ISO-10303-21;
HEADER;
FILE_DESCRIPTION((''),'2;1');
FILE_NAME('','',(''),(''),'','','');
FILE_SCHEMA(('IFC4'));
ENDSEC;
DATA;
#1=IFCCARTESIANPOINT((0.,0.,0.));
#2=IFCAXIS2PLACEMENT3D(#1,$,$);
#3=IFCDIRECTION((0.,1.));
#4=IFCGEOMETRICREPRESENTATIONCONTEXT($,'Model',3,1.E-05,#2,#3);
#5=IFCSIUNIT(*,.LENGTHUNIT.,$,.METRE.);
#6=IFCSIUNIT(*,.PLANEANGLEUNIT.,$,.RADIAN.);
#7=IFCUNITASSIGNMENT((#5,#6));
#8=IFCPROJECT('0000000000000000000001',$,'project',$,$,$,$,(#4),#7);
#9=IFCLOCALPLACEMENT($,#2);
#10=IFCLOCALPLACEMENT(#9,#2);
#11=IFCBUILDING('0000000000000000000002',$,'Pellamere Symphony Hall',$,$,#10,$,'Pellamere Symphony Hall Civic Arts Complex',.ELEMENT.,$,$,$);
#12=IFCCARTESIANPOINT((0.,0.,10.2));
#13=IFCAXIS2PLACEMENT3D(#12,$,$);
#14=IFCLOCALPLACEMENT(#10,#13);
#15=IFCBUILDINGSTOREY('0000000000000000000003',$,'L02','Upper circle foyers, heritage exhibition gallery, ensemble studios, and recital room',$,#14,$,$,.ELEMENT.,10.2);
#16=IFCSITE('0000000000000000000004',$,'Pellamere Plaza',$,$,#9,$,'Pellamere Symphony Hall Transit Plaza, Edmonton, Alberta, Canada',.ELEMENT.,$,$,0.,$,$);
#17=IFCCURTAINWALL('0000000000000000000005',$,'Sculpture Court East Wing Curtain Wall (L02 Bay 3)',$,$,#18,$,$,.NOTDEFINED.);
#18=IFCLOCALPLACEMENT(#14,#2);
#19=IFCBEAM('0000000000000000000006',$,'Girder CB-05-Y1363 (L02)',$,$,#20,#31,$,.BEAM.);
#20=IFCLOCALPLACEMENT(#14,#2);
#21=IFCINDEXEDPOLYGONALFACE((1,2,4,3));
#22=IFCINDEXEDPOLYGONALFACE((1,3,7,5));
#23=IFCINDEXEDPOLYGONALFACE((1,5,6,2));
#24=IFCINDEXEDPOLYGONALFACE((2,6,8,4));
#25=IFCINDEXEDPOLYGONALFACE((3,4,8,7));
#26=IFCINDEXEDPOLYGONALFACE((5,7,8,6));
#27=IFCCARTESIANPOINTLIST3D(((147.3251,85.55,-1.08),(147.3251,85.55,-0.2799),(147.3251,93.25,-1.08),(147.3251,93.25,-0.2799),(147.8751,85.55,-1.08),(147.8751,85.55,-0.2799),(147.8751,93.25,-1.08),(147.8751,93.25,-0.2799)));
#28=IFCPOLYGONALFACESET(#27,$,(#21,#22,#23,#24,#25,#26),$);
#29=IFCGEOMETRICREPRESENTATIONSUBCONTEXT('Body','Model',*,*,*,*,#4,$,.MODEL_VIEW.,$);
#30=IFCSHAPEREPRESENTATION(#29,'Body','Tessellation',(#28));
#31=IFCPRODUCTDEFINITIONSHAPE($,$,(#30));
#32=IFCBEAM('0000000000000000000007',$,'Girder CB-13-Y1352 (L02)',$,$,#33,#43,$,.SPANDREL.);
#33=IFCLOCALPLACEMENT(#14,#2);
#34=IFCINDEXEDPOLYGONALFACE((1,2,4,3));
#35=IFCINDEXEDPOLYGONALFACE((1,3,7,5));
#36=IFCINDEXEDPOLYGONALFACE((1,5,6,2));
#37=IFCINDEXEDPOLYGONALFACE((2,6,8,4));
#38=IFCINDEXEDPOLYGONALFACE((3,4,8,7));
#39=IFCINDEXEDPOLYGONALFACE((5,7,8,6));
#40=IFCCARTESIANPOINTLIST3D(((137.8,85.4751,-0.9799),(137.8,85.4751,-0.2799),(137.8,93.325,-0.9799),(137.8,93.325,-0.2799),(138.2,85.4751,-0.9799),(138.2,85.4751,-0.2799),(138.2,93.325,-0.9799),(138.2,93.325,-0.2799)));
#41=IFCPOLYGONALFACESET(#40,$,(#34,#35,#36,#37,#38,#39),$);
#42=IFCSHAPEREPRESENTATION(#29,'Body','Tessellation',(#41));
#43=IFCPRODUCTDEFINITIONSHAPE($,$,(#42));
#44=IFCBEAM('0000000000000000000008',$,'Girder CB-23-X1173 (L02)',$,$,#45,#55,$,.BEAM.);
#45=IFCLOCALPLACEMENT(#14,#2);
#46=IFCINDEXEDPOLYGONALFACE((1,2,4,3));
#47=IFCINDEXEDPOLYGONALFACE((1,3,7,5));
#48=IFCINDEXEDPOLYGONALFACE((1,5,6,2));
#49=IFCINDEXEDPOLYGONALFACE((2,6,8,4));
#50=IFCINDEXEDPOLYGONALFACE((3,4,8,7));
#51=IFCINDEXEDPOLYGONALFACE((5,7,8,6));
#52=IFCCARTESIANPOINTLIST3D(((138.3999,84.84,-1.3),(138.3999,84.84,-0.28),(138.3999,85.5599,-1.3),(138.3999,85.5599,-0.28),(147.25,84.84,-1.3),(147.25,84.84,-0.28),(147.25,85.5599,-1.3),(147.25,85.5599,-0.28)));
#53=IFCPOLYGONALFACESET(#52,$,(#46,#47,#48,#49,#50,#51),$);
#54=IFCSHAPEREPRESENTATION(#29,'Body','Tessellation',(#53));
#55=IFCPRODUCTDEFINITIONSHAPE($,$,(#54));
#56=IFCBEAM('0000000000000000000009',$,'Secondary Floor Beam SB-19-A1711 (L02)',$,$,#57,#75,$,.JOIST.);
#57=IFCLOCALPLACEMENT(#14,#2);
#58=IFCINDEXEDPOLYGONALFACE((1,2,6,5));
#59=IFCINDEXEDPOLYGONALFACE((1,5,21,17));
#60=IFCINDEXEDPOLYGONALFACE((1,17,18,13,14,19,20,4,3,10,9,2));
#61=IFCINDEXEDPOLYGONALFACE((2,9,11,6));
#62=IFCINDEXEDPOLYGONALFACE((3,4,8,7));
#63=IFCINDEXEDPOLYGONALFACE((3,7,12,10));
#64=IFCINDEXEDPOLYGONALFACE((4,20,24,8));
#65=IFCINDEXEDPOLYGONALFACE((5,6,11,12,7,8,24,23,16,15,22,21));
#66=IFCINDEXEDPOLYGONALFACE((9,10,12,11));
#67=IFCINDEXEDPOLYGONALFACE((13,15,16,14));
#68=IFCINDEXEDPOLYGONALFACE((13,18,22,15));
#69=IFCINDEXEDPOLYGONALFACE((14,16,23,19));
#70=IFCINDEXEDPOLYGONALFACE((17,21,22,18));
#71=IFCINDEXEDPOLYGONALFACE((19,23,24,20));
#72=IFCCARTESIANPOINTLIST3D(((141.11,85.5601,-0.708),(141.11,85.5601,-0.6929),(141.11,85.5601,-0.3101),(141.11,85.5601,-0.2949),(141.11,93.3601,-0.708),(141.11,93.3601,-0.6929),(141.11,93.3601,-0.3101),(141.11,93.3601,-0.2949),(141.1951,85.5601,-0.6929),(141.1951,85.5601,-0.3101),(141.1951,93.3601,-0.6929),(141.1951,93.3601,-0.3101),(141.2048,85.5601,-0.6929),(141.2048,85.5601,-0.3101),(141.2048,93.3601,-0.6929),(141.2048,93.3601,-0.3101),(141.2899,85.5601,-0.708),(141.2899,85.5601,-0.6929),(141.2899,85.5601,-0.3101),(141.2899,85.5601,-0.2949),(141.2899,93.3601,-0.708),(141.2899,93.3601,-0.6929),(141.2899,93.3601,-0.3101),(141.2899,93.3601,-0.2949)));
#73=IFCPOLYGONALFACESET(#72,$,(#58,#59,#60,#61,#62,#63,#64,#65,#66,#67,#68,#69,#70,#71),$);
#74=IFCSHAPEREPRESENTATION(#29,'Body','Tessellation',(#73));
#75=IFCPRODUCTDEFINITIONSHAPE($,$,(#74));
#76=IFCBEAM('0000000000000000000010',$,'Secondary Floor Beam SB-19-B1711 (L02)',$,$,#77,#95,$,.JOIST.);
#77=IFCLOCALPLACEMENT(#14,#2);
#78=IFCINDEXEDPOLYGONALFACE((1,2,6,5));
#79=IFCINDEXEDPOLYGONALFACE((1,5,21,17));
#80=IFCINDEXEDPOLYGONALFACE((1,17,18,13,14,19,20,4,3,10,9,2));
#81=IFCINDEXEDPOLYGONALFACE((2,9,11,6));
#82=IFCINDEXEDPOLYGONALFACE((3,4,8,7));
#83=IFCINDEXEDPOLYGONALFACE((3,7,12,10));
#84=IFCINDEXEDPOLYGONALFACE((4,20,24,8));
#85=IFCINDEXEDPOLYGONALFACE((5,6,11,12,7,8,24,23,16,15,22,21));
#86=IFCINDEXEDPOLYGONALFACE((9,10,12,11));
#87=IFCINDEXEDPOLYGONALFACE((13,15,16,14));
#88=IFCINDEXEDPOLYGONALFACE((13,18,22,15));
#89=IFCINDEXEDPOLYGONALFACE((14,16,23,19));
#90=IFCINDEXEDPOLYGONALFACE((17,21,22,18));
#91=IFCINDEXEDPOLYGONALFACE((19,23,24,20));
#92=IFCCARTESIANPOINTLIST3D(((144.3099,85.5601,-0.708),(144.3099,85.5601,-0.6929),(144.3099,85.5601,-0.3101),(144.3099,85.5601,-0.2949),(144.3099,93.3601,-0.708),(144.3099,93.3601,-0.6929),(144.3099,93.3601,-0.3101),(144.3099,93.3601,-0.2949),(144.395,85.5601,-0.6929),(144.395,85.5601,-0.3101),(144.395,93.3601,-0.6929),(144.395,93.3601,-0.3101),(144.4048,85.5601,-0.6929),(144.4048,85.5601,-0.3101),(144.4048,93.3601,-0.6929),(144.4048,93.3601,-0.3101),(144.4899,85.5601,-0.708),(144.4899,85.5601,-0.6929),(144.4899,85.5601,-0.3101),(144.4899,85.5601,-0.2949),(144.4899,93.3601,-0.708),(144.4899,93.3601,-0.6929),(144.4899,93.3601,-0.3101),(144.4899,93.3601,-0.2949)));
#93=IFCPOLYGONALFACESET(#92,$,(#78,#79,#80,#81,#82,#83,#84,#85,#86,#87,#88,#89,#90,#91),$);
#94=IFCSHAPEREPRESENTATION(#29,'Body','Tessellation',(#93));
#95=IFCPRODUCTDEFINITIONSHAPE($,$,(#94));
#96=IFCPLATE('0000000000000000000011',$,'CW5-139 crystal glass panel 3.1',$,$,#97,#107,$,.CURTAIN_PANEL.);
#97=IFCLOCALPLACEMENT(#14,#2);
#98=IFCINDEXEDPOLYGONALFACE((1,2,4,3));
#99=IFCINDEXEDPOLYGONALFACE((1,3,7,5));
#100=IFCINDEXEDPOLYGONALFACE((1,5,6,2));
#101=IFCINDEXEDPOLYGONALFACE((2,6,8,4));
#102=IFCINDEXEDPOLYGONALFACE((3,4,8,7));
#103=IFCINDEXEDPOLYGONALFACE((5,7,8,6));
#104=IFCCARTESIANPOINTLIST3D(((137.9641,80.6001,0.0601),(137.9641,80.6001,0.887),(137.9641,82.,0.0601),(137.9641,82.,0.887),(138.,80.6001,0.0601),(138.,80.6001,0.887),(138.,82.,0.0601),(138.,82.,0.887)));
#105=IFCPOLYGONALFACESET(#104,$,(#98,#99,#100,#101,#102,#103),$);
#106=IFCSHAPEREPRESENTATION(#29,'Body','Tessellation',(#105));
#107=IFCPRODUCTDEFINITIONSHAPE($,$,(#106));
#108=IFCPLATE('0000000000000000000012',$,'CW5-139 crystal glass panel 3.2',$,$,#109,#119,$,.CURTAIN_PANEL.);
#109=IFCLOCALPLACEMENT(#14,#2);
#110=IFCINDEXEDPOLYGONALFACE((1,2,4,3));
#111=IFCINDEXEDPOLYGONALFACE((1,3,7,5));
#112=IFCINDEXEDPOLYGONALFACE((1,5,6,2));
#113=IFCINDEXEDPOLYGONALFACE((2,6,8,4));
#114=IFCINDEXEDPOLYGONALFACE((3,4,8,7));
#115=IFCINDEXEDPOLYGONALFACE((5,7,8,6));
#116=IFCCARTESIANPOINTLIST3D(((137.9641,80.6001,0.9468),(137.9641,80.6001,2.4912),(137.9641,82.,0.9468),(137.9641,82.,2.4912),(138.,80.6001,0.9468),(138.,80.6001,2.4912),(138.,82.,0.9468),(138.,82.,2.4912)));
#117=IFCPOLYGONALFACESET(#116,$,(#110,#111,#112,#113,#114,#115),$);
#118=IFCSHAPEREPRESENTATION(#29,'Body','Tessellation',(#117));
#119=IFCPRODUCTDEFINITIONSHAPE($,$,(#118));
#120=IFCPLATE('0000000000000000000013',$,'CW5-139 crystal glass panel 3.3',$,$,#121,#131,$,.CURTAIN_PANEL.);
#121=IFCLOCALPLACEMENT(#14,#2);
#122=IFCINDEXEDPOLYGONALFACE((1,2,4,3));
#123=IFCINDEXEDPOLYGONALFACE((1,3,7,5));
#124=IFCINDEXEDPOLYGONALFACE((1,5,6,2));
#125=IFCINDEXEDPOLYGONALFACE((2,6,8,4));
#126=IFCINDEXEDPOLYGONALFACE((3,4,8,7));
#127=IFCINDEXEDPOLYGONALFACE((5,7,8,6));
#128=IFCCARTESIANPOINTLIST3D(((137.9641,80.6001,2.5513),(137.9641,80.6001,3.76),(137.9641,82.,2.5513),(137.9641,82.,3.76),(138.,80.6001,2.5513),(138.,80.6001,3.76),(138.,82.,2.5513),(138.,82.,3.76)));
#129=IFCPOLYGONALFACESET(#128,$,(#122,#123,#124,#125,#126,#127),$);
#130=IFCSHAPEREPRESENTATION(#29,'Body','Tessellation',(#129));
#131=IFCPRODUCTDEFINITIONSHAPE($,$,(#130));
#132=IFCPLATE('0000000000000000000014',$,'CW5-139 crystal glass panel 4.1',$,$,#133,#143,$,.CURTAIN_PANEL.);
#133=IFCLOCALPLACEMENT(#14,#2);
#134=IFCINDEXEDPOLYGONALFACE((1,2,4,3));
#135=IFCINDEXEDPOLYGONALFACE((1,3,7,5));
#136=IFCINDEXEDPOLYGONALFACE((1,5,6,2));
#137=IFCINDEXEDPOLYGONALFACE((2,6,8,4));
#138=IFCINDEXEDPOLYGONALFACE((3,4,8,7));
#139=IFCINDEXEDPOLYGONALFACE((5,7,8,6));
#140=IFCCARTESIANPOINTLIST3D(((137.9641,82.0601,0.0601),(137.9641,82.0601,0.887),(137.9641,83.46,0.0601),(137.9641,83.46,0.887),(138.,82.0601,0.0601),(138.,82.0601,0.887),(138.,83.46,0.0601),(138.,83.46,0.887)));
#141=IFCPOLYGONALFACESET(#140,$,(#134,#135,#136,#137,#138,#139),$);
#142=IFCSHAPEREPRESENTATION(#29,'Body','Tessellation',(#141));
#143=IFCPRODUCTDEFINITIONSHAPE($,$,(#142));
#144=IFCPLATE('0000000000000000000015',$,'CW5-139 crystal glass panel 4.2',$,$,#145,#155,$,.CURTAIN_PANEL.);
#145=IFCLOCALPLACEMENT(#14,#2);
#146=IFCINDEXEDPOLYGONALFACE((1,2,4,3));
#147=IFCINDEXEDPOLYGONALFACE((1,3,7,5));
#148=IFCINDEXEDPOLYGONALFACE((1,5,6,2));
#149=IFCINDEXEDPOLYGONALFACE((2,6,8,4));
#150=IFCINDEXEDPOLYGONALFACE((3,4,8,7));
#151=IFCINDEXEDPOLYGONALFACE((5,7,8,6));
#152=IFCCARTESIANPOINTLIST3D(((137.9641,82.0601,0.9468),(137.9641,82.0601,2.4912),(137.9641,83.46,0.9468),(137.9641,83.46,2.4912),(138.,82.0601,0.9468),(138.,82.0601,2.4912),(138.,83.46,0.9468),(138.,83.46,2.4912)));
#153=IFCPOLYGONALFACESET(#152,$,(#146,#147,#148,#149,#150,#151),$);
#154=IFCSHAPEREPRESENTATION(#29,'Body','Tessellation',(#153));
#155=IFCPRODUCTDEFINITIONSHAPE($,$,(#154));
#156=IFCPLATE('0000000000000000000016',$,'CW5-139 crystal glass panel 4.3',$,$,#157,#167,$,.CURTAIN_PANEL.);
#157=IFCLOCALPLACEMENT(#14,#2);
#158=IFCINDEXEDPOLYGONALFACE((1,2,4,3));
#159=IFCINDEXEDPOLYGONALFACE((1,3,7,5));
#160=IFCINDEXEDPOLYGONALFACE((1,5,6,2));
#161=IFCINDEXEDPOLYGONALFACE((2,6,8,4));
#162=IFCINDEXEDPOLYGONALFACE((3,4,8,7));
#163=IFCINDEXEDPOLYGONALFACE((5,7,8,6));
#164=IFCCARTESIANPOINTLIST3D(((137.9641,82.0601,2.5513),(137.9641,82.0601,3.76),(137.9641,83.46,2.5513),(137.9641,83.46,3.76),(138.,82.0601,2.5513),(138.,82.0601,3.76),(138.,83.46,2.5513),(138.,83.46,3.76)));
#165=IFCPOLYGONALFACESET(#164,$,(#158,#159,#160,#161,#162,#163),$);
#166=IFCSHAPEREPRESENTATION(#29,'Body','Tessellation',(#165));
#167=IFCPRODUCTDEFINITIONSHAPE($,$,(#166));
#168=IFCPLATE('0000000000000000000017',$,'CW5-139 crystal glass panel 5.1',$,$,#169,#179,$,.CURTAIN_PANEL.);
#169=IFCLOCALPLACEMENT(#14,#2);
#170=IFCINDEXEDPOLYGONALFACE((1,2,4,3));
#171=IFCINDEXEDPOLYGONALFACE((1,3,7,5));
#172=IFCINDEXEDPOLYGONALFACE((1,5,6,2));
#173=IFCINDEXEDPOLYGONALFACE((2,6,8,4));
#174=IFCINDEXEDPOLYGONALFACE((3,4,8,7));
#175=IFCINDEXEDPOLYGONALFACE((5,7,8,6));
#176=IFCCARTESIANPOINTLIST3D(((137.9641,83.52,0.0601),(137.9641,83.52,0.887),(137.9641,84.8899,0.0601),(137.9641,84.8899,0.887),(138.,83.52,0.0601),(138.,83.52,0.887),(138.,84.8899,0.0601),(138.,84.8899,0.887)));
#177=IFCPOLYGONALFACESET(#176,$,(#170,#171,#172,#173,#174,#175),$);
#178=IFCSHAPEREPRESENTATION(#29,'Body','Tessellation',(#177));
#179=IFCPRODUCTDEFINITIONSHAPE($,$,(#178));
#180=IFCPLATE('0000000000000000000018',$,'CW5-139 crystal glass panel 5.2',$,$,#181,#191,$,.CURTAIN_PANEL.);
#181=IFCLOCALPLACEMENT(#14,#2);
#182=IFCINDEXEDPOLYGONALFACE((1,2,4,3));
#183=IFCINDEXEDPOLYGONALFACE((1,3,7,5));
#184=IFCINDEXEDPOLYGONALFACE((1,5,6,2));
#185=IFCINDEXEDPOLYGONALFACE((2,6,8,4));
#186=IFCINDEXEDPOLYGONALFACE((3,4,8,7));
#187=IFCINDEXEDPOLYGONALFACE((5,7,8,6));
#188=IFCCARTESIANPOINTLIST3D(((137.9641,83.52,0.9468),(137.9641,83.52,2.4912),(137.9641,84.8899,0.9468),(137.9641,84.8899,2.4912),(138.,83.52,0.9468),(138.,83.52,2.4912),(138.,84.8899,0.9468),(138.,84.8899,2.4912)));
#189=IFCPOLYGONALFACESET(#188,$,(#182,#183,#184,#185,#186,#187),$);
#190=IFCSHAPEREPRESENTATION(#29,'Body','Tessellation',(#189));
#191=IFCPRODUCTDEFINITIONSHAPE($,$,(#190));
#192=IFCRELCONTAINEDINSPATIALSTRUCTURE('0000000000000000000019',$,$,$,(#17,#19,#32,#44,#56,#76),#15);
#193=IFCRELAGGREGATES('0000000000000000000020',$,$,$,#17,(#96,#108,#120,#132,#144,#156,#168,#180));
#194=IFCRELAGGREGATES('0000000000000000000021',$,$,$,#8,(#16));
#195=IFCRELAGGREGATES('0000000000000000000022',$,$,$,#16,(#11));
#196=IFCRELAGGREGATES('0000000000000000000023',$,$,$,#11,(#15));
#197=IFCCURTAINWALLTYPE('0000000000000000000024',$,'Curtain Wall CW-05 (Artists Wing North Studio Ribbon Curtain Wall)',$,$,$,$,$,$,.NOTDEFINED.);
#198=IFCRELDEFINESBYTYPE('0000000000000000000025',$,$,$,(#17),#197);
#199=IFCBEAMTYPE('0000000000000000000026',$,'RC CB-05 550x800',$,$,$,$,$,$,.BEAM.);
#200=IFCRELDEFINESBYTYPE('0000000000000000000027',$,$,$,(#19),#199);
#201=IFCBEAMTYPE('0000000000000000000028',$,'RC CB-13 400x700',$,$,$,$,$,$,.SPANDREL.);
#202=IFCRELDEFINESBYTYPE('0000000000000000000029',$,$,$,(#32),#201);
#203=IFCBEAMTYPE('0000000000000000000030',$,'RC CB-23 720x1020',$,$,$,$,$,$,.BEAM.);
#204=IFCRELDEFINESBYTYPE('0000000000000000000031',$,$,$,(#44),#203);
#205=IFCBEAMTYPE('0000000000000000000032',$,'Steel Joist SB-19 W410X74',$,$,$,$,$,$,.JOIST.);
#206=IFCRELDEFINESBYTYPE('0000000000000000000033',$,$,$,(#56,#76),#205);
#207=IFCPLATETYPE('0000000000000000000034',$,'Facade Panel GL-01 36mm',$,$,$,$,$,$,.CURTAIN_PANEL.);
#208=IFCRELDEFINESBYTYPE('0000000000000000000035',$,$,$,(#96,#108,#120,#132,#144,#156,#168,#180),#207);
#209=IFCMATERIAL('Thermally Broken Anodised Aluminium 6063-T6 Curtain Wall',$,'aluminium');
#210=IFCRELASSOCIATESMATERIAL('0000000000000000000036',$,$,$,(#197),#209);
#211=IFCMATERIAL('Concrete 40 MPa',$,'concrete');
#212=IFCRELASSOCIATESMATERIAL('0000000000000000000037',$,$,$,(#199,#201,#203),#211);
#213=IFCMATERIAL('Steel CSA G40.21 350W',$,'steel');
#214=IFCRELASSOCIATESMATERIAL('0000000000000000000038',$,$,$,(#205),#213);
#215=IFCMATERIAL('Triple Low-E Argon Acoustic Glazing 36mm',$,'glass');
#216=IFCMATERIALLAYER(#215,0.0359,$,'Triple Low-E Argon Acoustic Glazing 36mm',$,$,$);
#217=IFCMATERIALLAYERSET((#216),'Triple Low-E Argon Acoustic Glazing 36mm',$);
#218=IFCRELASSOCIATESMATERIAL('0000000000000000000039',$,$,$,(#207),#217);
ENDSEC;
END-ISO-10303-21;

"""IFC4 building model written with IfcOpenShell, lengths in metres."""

from ifc_helpers import new_model, si_unit, direction, frame, origin, origin_2d, place, context, subcontext, project, spatial, polyline, rectangle, i_section, outline, extrude, material, layer, layer_set, material_profile, profile_set, type_object, element, aggregate, save


model = new_model("IFC4")

# Units and contexts
model_context = context("Model", 3, precision=1e-05, world=origin(), true_north=direction((0.0, 1.0)))
body_context = subcontext(model_context, "Body", "Model", "MODEL_VIEW")
ifc_project = project(units=[si_unit("LENGTHUNIT", "METRE"), si_unit("PLANEANGLEUNIT", "RADIAN")], contexts=[model_context])

# Site, building, storey
site_placement = place(None, origin())
site = spatial("IfcSite", under=ifc_project, at=site_placement, Name="Pellamere Plaza", LongName="Pellamere Symphony Hall Transit Plaza, Edmonton, Alberta, Canada", CompositionType="ELEMENT", RefElevation=0.0)
building_placement = place(site_placement, origin())
building = spatial("IfcBuilding", under=site, at=building_placement, Name="Pellamere Symphony Hall", LongName="Pellamere Symphony Hall Civic Arts Complex", CompositionType="ELEMENT")
storey_placement = place(building_placement, frame((0.0, 0.0, 10.2)))
storey = spatial("IfcBuildingStorey", under=building, at=storey_placement, Name="L02", Description="Upper circle foyers, heritage exhibition gallery, ensemble studios, and recital room", CompositionType="ELEMENT", Elevation=10.2)

# Shared definitions
ifc_material_1 = material(Name="Concrete 40 MPa", Category="concrete")

# Curtain wall
ifc_material_2 = material(Name="Thermally Broken Anodised Aluminium 6063-T6 Curtain Wall", Category="aluminium")
curtain_wall_type = type_object("IfcCurtainWallType", Name="Curtain Wall CW-05 (Artists Wing North Studio Ribbon Curtain Wall)", PredefinedType="NOTDEFINED", material=ifc_material_2)
curtain_wall_1_placement = place(storey_placement, origin())
curtain_wall_1 = element("IfcCurtainWall", 1, at=curtain_wall_1_placement, inside=storey, type_object=curtain_wall_type, Name="Sculpture Court East Wing Curtain Wall (L02 Bay 3)", PredefinedType="NOTDEFINED")

# Beams
ifc_material_profile_1 = material_profile(ifc_material_1, rectangle(XDim=0.55, YDim=0.8, at=origin_2d()), Name="RC 550x800")
ifc_profile_set_1 = profile_set([ifc_material_profile_1], Name="Concrete 40 MPa")
beam_type_1 = type_object("IfcBeamType", Name="RC CB-05 550x800", PredefinedType="BEAM", material=ifc_profile_set_1)
beam_1_placement = place(storey_placement, frame((147.6001, 85.55, -0.6799), z_axis=(0.0, 1.0, 0.0), x_axis=(-1.0, 0.0, 0.0)))
element("IfcBeam", 2, at=beam_1_placement, inside=storey, type_object=beam_type_1, Name="Girder CB-05-Y1363 (L02)", PredefinedType="BEAM", context=body_context, shape_type="SweptSolid", body=[
    extrude(rectangle(XDim=0.55, YDim=0.8, at=origin_2d()), origin(), (0.0, 0.0, 1.0), 7.7),
])
ifc_material_profile_2 = material_profile(ifc_material_1, rectangle(XDim=0.3999, YDim=0.7, at=origin_2d()), Name="RC 400x700")
ifc_profile_set_2 = profile_set([ifc_material_profile_2], Name="Concrete 40 MPa")
beam_type_2 = type_object("IfcBeamType", Name="RC CB-13 400x700", PredefinedType="SPANDREL", material=ifc_profile_set_2)
beam_2_placement = place(storey_placement, frame((138.0, 85.4751, -0.6299), z_axis=(0.0, 1.0, 0.0), x_axis=(-1.0, 0.0, 0.0)))
element("IfcBeam", 3, at=beam_2_placement, inside=storey, type_object=beam_type_2, Name="Girder CB-13-Y1352 (L02)", PredefinedType="SPANDREL", context=body_context, shape_type="SweptSolid", body=[
    extrude(rectangle(XDim=0.3999, YDim=0.7, at=origin_2d()), origin(), (0.0, 0.0, 1.0), 7.8499),
])
ifc_material_profile_3 = material_profile(ifc_material_1, rectangle(XDim=0.72, YDim=1.02, at=origin_2d()), Name="RC 720x1020")
ifc_profile_set_3 = profile_set([ifc_material_profile_3], Name="Concrete 40 MPa")
beam_type_3 = type_object("IfcBeamType", Name="RC CB-23 720x1020", PredefinedType="BEAM", material=ifc_profile_set_3)
beam_3_placement = place(storey_placement, frame((138.3999, 85.2, -0.79), z_axis=(1.0, 0.0, 0.0), x_axis=(0.0, 1.0, 0.0)))
element("IfcBeam", 4, at=beam_3_placement, inside=storey, type_object=beam_type_3, Name="Girder CB-23-X1173 (L02)", PredefinedType="BEAM", context=body_context, shape_type="SweptSolid", body=[
    extrude(rectangle(XDim=0.72, YDim=1.02, at=origin_2d()), origin(), (0.0, 0.0, 1.0), 8.8501),
])
ifc_material_3 = material(Name="Steel CSA G40.21 350W", Category="steel")
ifc_material_profile_4 = material_profile(ifc_material_3, i_section(OverallWidth=0.1799, OverallDepth=0.4131, WebThickness=0.0098, FlangeThickness=0.0151, at=origin_2d()), Name="W410X74")
ifc_profile_set_4 = profile_set([ifc_material_profile_4], Name="Steel CSA G40.21 350W")
beam_type_4 = type_object("IfcBeamType", Name="Steel Joist SB-19 W410X74", PredefinedType="JOIST", material=ifc_profile_set_4)
for number, where, z_axis, x_axis, name in (
    (5, (141.2, 85.5601, -0.5015), (0.0, 1.0, 0.0), (-1.0, 0.0, 0.0), "Secondary Floor Beam SB-19-A1711 (L02)"),
    (6, (144.3999, 85.5601, -0.5015), (0.0, 1.0, 0.0), (-1.0, 0.0, 0.0), "Secondary Floor Beam SB-19-B1711 (L02)"),
):
    element("IfcBeam", number, at=place(storey_placement, frame(where, z_axis=z_axis, x_axis=x_axis)), inside=storey, type_object=beam_type_4, Name=name, PredefinedType="JOIST", context=body_context, shape_type="SweptSolid", body=[
        extrude(i_section(OverallWidth=0.1799, OverallDepth=0.4131, WebThickness=0.0098, FlangeThickness=0.0151, at=origin_2d()), origin(), (0.0, 0.0, 1.0), 7.8),
    ])

# Plates
ifc_material_4 = material(Name="Triple Low-E Argon Acoustic Glazing 36mm", Category="glass")
ifc_layer = layer(ifc_material_4, 0.0359, Name="Triple Low-E Argon Acoustic Glazing 36mm")
ifc_layer_set = layer_set([ifc_layer], Name="Triple Low-E Argon Acoustic Glazing 36mm")
plate_type = type_object("IfcPlateType", Name="Facade Panel GL-01 36mm", PredefinedType="CURTAIN_PANEL", material=ifc_layer_set)
plate_1_placement = place(storey_placement, frame((138.0, 80.6001, 0.0601), z_axis=(1.0, 0.0, 0.0), x_axis=(0.0, 1.0, 0.0)))
plate_1 = element("IfcPlate", 7, at=plate_1_placement, type_object=plate_type, Name="CW5-139 crystal glass panel 3.1", PredefinedType="CURTAIN_PANEL", context=body_context, shape_type="SweptSolid", body=[
    extrude(outline(polyline([(0.0, 0.0), (1.3999, 0.0), (1.3999, 0.8269), (0.0, 0.8269), (0.0, 0.0)])), origin(), (0.0, 0.0, -1.0), 0.0359),
])
plate_2_placement = place(storey_placement, frame((138.0, 80.6001, 0.9468), z_axis=(1.0, 0.0, 0.0), x_axis=(0.0, 1.0, 0.0)))
plate_2 = element("IfcPlate", 8, at=plate_2_placement, type_object=plate_type, Name="CW5-139 crystal glass panel 3.2", PredefinedType="CURTAIN_PANEL", context=body_context, shape_type="SweptSolid", body=[
    extrude(outline(polyline([(0.0, 0.0), (1.3999, 0.0), (1.3999, 1.5444), (0.0, 1.5444), (0.0, 0.0)])), origin(), (0.0, 0.0, -1.0), 0.0359),
])
plate_3_placement = place(storey_placement, frame((138.0, 80.6001, 2.5513), z_axis=(1.0, 0.0, 0.0), x_axis=(0.0, 1.0, 0.0)))
plate_3 = element("IfcPlate", 9, at=plate_3_placement, type_object=plate_type, Name="CW5-139 crystal glass panel 3.3", PredefinedType="CURTAIN_PANEL", context=body_context, shape_type="SweptSolid", body=[
    extrude(outline(polyline([(0.0, 0.0), (1.3999, 0.0), (1.3999, 1.2087), (0.0, 1.2087), (0.0, 0.0)])), origin(), (0.0, 0.0, -1.0), 0.0359),
])
plate_4_placement = place(storey_placement, frame((138.0, 82.0601, 0.0601), z_axis=(1.0, 0.0, 0.0), x_axis=(0.0, 1.0, 0.0)))
plate_4 = element("IfcPlate", 10, at=plate_4_placement, type_object=plate_type, Name="CW5-139 crystal glass panel 4.1", PredefinedType="CURTAIN_PANEL", context=body_context, shape_type="SweptSolid", body=[
    extrude(outline(polyline([(0.0, 0.0), (1.3999, 0.0), (1.3999, 0.8269), (0.0, 0.8269), (0.0, 0.0)])), origin(), (0.0, 0.0, -1.0), 0.0359),
])
plate_5_placement = place(storey_placement, frame((138.0, 82.0601, 0.9468), z_axis=(1.0, 0.0, 0.0), x_axis=(0.0, 1.0, 0.0)))
plate_5 = element("IfcPlate", 11, at=plate_5_placement, type_object=plate_type, Name="CW5-139 crystal glass panel 4.2", PredefinedType="CURTAIN_PANEL", context=body_context, shape_type="SweptSolid", body=[
    extrude(outline(polyline([(0.0, 0.0), (1.3999, 0.0), (1.3999, 1.5444), (0.0, 1.5444), (0.0, 0.0)])), origin(), (0.0, 0.0, -1.0), 0.0359),
])
plate_6_placement = place(storey_placement, frame((138.0, 82.0601, 2.5513), z_axis=(1.0, 0.0, 0.0), x_axis=(0.0, 1.0, 0.0)))
plate_6 = element("IfcPlate", 12, at=plate_6_placement, type_object=plate_type, Name="CW5-139 crystal glass panel 4.3", PredefinedType="CURTAIN_PANEL", context=body_context, shape_type="SweptSolid", body=[
    extrude(outline(polyline([(0.0, 0.0), (1.3999, 0.0), (1.3999, 1.2087), (0.0, 1.2087), (0.0, 0.0)])), origin(), (0.0, 0.0, -1.0), 0.0359),
])
plate_7_placement = place(storey_placement, frame((138.0, 83.52, 0.0601), z_axis=(1.0, 0.0, 0.0), x_axis=(0.0, 1.0, 0.0)))
plate_7 = element("IfcPlate", 13, at=plate_7_placement, type_object=plate_type, Name="CW5-139 crystal glass panel 5.1", PredefinedType="CURTAIN_PANEL", context=body_context, shape_type="SweptSolid", body=[
    extrude(outline(polyline([(0.0, 0.0), (1.3699, 0.0), (1.3699, 0.8269), (0.0, 0.8269), (0.0, 0.0)])), origin(), (0.0, 0.0, -1.0), 0.0359),
])
plate_8_placement = place(storey_placement, frame((138.0, 83.52, 0.9468), z_axis=(1.0, 0.0, 0.0), x_axis=(0.0, 1.0, 0.0)))
plate_8 = element("IfcPlate", 14, at=plate_8_placement, type_object=plate_type, Name="CW5-139 crystal glass panel 5.2", PredefinedType="CURTAIN_PANEL", context=body_context, shape_type="SweptSolid", body=[
    extrude(outline(polyline([(0.0, 0.0), (1.3699, 0.0), (1.3699, 1.5444), (0.0, 1.5444), (0.0, 0.0)])), origin(), (0.0, 0.0, -1.0), 0.0359),
])
aggregate(curtain_wall_1, [plate_1, plate_2, plate_3, plate_4, plate_5, plate_6, plate_7, plate_8])

save(model, "model.ifc")
